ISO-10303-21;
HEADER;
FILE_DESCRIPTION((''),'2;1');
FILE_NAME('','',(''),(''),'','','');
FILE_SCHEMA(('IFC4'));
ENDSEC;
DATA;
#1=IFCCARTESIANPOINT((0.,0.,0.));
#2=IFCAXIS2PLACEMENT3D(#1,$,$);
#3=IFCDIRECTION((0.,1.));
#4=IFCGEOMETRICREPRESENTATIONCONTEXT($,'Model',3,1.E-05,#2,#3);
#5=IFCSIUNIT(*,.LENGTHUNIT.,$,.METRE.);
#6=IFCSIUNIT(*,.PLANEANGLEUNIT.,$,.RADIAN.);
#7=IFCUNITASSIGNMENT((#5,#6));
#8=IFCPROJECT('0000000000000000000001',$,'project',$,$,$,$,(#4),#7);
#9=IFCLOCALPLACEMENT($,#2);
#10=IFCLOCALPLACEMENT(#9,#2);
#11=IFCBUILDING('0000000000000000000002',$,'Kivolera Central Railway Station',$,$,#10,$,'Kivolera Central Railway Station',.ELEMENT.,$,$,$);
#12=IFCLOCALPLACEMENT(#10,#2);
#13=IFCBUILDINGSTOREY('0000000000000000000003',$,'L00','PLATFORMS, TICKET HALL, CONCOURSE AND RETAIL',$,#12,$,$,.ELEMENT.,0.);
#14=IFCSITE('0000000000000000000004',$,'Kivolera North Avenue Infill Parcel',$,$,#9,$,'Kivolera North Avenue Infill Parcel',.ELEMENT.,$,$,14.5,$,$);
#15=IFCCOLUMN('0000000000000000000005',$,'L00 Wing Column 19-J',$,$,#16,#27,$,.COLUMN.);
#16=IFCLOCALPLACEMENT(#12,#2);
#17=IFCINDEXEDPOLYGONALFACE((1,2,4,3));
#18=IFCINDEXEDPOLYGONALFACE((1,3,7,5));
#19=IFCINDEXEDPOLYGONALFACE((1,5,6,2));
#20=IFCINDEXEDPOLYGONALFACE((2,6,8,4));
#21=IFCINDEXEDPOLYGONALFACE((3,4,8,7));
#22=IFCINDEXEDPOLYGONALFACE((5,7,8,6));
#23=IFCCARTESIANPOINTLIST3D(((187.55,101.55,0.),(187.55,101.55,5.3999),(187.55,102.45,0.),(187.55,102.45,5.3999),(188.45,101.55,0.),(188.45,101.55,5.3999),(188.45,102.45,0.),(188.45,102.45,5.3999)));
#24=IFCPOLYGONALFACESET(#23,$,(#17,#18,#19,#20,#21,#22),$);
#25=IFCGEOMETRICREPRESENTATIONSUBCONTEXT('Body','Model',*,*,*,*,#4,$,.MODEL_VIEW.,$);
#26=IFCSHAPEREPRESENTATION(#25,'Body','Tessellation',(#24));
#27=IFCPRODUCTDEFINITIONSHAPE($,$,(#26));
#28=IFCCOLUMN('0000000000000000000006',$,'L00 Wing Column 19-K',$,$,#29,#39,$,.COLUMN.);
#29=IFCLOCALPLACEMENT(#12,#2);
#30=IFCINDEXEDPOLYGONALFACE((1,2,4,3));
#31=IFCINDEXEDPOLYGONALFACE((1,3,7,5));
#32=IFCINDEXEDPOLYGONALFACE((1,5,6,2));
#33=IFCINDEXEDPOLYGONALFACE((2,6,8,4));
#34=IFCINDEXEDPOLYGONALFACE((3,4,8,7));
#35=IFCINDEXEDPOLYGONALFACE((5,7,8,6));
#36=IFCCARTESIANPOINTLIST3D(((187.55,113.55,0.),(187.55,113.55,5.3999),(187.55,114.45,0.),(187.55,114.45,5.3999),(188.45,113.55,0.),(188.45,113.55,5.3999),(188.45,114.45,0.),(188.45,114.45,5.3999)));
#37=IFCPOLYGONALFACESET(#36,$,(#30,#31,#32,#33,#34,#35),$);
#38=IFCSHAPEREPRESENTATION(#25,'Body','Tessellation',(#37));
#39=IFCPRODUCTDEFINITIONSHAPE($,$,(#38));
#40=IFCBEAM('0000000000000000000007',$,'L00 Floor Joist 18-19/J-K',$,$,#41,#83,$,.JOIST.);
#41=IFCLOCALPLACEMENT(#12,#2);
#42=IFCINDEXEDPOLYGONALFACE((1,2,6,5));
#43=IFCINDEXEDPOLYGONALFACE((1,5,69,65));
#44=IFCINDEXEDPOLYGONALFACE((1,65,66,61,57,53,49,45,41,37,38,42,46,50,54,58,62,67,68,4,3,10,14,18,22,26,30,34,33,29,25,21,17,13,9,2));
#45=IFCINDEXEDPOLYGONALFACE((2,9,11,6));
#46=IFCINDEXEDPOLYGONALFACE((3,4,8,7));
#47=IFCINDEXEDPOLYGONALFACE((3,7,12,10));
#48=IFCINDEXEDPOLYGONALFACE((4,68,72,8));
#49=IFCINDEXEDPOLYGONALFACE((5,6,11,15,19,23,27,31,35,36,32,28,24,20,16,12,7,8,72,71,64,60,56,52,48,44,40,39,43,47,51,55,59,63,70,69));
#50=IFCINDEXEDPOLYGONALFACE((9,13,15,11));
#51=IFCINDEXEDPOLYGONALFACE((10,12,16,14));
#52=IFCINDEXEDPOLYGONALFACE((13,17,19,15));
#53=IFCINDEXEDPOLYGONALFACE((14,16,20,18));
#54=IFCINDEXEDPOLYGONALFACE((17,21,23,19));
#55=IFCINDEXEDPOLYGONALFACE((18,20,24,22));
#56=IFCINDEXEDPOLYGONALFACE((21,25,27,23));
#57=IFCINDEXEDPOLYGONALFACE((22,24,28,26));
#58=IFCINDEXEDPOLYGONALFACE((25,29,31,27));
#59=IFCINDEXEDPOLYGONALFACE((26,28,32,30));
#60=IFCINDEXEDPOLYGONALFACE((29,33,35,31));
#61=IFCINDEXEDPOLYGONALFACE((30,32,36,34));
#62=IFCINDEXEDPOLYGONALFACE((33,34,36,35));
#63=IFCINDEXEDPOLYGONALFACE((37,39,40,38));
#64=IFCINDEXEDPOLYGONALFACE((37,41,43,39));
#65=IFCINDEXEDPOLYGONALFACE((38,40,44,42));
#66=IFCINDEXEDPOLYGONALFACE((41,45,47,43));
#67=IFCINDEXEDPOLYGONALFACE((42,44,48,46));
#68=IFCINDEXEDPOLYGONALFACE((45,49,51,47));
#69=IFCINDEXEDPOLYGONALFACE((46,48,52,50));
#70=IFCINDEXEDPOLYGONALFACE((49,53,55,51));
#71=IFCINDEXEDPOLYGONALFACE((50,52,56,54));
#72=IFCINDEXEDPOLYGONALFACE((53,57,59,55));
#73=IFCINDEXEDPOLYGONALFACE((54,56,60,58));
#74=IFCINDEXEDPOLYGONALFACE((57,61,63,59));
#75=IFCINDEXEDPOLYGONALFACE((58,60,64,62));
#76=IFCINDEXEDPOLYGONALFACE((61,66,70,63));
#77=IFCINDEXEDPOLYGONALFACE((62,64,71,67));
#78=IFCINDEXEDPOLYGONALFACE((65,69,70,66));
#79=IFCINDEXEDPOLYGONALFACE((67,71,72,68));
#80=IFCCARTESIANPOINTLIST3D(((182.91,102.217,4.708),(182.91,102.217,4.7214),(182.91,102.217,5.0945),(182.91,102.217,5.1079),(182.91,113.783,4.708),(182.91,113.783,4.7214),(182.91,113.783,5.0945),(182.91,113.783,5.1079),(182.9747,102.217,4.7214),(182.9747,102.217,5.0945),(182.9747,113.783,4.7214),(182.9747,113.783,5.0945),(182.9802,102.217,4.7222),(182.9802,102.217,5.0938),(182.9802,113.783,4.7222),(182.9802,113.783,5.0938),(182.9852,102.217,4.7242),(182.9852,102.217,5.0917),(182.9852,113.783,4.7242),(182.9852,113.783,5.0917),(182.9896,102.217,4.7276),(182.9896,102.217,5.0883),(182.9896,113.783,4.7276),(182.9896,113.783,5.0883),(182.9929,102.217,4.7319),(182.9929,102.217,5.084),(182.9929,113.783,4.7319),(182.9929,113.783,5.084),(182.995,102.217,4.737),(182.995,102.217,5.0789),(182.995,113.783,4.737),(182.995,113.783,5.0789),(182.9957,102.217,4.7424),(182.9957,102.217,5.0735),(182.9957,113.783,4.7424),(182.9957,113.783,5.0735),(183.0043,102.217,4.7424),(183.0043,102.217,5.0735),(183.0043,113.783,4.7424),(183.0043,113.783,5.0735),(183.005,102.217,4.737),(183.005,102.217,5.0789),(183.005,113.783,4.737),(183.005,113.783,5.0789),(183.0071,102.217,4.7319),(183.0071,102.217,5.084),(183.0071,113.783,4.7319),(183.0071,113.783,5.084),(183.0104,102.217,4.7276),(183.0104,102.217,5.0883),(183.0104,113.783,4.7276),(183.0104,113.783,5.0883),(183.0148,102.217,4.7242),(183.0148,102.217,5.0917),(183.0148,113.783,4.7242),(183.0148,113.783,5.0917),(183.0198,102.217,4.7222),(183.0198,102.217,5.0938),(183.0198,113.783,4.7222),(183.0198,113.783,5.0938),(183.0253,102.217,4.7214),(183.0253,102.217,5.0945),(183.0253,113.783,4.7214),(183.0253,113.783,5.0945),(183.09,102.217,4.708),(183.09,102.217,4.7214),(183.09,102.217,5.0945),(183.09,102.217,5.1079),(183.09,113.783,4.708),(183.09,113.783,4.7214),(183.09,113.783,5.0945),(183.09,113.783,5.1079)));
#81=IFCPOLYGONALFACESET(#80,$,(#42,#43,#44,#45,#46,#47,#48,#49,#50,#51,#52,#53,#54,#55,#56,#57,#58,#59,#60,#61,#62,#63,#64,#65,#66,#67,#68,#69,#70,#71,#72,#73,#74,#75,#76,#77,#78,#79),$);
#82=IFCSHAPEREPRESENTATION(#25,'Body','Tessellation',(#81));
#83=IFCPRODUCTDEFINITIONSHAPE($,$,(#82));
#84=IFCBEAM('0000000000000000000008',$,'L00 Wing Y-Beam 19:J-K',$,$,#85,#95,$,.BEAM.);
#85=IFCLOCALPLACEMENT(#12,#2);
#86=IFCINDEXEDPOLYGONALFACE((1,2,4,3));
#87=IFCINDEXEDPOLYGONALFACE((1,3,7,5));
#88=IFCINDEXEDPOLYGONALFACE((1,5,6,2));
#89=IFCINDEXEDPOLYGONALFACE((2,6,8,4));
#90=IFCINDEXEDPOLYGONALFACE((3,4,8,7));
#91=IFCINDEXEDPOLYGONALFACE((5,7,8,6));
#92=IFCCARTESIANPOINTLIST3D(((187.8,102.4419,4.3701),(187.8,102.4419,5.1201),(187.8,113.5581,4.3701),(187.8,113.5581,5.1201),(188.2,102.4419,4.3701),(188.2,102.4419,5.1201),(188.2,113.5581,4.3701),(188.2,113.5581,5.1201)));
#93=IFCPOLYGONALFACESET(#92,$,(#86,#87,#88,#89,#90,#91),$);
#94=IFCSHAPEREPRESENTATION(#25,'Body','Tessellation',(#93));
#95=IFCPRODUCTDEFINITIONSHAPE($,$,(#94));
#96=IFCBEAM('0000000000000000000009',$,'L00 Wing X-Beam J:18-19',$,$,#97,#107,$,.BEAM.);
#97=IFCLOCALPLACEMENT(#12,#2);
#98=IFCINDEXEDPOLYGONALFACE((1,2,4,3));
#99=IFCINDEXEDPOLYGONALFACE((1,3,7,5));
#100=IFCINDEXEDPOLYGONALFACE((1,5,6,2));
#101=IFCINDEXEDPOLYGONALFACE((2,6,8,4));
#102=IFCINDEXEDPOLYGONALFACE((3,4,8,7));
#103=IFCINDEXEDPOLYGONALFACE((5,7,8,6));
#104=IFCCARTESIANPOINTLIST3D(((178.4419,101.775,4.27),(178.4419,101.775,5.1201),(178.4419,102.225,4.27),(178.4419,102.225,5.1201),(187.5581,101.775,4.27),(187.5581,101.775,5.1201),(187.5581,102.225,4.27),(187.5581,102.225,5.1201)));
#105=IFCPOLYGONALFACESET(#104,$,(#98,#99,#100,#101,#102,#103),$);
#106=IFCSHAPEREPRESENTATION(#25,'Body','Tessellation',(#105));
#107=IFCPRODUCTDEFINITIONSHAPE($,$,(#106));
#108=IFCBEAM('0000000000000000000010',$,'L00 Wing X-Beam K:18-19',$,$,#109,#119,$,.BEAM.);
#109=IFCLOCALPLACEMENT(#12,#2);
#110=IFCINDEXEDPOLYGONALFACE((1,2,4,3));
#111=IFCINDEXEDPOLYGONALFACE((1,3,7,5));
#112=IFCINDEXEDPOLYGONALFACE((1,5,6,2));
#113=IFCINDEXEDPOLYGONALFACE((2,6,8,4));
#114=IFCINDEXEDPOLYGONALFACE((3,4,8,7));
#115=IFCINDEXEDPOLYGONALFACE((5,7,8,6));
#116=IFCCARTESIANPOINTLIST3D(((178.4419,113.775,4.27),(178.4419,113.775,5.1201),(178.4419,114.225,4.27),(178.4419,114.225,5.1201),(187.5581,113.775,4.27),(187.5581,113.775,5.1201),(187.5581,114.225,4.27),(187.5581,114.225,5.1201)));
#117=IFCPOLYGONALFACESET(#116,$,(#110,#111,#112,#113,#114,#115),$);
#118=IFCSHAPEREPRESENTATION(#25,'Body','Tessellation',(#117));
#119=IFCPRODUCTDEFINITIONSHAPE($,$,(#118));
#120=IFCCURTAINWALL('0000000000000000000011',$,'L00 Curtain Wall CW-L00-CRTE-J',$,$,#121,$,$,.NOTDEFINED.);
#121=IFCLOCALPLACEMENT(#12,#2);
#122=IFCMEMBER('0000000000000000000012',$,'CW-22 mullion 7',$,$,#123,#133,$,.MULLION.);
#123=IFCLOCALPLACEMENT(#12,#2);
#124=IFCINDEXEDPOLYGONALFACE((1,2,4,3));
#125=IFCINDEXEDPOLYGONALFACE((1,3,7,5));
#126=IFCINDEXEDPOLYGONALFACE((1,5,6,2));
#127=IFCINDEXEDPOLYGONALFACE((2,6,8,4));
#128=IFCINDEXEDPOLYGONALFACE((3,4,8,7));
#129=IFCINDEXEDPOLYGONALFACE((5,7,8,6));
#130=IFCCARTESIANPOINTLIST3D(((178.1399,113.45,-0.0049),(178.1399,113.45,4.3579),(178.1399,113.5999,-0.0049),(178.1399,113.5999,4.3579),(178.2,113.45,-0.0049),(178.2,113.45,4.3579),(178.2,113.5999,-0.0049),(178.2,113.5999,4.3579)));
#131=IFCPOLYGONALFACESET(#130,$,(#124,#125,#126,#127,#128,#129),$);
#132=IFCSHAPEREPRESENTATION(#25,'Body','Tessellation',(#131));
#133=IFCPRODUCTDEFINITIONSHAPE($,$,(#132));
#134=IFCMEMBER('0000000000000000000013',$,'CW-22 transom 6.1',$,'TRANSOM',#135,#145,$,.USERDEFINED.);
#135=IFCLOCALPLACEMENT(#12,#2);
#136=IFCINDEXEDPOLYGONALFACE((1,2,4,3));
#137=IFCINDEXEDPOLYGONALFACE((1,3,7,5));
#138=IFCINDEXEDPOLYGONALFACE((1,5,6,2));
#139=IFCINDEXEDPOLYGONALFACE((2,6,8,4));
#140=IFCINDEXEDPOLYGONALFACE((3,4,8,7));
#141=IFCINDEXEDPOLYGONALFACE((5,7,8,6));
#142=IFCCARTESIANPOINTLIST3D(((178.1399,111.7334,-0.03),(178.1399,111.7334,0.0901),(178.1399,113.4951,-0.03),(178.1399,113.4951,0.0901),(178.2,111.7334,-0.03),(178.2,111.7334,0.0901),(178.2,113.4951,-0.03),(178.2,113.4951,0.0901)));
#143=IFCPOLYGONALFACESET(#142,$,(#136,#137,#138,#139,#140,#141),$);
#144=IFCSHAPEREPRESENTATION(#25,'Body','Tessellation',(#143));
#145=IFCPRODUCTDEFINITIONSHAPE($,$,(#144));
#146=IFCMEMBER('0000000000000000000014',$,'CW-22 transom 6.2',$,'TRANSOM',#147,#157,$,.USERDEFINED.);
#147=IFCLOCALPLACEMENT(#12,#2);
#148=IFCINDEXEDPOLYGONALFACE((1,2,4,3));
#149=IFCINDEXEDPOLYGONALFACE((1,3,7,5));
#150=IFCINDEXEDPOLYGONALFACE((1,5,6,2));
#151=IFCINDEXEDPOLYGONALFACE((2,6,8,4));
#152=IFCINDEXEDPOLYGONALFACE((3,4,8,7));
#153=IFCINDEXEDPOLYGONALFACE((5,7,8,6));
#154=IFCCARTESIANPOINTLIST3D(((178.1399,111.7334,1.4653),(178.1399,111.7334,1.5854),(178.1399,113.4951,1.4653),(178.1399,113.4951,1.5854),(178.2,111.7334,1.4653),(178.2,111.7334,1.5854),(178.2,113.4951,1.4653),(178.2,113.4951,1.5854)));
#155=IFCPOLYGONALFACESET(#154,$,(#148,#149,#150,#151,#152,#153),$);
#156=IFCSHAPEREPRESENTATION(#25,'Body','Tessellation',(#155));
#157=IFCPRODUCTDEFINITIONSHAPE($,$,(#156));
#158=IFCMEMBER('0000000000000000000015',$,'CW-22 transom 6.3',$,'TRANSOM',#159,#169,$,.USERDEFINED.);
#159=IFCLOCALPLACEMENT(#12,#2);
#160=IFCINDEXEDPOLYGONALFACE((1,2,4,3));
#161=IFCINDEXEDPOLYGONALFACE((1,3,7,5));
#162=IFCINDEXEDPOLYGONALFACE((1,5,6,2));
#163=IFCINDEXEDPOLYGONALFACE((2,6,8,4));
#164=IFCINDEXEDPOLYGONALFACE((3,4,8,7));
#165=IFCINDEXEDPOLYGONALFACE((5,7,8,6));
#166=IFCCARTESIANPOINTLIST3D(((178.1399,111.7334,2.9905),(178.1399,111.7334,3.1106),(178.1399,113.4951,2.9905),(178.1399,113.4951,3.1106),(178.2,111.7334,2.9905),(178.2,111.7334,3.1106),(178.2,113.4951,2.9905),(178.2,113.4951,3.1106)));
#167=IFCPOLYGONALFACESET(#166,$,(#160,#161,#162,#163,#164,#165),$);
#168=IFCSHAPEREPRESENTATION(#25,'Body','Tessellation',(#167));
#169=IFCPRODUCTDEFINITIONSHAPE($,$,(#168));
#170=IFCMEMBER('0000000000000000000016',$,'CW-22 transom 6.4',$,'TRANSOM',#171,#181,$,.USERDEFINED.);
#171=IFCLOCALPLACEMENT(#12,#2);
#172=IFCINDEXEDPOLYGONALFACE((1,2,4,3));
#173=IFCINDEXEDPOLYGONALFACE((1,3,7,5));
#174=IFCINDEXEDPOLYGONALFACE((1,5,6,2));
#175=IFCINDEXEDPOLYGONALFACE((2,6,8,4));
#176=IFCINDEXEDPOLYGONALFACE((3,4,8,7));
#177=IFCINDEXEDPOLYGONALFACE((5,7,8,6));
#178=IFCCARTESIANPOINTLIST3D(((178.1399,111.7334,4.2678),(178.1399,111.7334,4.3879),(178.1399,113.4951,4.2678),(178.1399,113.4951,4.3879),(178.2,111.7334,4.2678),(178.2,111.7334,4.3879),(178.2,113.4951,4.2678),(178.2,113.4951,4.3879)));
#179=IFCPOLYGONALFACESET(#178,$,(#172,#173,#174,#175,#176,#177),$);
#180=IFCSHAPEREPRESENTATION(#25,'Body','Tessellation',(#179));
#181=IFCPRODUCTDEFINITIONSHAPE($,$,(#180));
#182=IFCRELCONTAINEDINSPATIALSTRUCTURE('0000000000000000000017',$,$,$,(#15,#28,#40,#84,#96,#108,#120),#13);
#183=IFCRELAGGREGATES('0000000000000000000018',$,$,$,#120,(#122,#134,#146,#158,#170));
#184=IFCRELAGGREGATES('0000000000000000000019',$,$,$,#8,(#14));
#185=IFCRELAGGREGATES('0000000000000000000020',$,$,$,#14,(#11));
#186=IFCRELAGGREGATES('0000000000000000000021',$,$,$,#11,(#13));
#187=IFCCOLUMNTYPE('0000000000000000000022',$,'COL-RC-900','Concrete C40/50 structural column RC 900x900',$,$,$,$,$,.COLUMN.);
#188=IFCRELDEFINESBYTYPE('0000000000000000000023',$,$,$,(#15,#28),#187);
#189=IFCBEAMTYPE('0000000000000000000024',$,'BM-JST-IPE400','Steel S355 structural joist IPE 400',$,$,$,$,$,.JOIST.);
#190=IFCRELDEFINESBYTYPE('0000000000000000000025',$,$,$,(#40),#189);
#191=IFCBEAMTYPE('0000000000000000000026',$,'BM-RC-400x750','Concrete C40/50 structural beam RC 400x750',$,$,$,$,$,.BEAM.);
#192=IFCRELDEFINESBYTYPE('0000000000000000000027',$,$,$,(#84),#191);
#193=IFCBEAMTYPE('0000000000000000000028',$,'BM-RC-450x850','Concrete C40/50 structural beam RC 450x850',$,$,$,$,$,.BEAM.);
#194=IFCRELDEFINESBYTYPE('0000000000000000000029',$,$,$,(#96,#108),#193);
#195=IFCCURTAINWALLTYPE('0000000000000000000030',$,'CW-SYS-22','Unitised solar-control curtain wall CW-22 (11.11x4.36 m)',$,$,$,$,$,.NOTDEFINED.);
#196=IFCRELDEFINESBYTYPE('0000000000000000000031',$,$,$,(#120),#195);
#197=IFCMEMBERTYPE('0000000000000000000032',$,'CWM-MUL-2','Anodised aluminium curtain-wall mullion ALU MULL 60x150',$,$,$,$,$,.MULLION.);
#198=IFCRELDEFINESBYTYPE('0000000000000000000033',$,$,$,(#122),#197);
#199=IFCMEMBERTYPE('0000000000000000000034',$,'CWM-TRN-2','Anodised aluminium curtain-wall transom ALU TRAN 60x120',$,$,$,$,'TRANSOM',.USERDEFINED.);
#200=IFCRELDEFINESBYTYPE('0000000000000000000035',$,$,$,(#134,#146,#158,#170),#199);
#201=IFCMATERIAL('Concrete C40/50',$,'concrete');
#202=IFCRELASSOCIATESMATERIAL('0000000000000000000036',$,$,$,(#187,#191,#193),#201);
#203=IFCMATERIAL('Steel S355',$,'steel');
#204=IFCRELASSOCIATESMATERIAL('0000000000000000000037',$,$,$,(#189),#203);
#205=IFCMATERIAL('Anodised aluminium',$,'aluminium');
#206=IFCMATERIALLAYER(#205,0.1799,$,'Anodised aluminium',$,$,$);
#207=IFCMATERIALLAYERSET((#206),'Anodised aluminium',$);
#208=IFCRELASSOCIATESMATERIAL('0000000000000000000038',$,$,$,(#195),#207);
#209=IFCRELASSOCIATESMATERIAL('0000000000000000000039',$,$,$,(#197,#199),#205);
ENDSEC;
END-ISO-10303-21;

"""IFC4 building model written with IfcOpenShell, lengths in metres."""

from ifc_helpers import new_model, si_unit, direction, frame, origin, origin_2d, place, context, subcontext, project, spatial, rectangle, i_section, extrude, material, layer, layer_set, material_profile, profile_set, type_object, element, aggregate, save


model = new_model("IFC4")

# Units and contexts
model_context = context("Model", 3, precision=1e-05, world=origin(), true_north=direction((0.0, 1.0)))
body_context = subcontext(model_context, "Body", "Model", "MODEL_VIEW")
ifc_project = project(units=[si_unit("LENGTHUNIT", "METRE"), si_unit("PLANEANGLEUNIT", "RADIAN")], contexts=[model_context])

# Site, building, storey
site_placement = place(None, origin())
site = spatial("IfcSite", under=ifc_project, at=site_placement, Name="Kivolera North Avenue Infill Parcel", LongName="Kivolera North Avenue Infill Parcel", CompositionType="ELEMENT", RefElevation=14.5)
building_placement = place(site_placement, origin())
building = spatial("IfcBuilding", under=site, at=building_placement, Name="Kivolera Central Railway Station", LongName="Kivolera Central Railway Station", CompositionType="ELEMENT")
storey_placement = place(building_placement, origin())
storey = spatial("IfcBuildingStorey", under=building, at=storey_placement, Name="L00", Description="PLATFORMS, TICKET HALL, CONCOURSE AND RETAIL", CompositionType="ELEMENT", Elevation=0.0)

# Columns
ifc_material_1 = material(Name="Concrete C40/50", Category="concrete")
ifc_material_profile_1 = material_profile(ifc_material_1, rectangle(XDim=0.8999, YDim=0.8999, at=origin_2d()), Name="RC 900x900")
ifc_profile_set_1 = profile_set([ifc_material_profile_1], Name="Concrete C40/50")
column_type = type_object("IfcColumnType", Name="COL-RC-900", Description="Concrete C40/50 structural column RC 900x900", PredefinedType="COLUMN", material=ifc_profile_set_1)
for number, where, z_axis, x_axis, name in (
    (1, (188.0, 102.0, 0.0), (0.0, 0.0, 1.0), (1.0, 0.0, 0.0), "L00 Wing Column 19-J"),
    (2, (188.0, 114.0, 0.0), (0.0, 0.0, 1.0), (1.0, 0.0, 0.0), "L00 Wing Column 19-K"),
):
    element("IfcColumn", number, at=place(storey_placement, frame(where, z_axis=z_axis, x_axis=x_axis)), inside=storey, type_object=column_type, Name=name, PredefinedType="COLUMN", context=body_context, shape_type="SweptSolid", body=[
        extrude(rectangle(XDim=0.8999, YDim=0.8999, at=origin_2d()), origin(), (0.0, 0.0, 1.0), 5.3999),
    ])

# Beams
ifc_material_2 = material(Name="Steel S355", Category="steel")
ifc_material_profile_2 = material_profile(ifc_material_2, i_section(OverallWidth=0.1799, OverallDepth=0.3999, WebThickness=0.0085, FlangeThickness=0.0134, FilletRadius=0.021, at=origin_2d()), Name="IPE 400")
ifc_profile_set_2 = profile_set([ifc_material_profile_2], Name="Steel S355")
beam_type_1 = type_object("IfcBeamType", Name="BM-JST-IPE400", Description="Steel S355 structural joist IPE 400", PredefinedType="JOIST", material=ifc_profile_set_2)
beam_1_placement = place(storey_placement, frame((183.0, 102.217, 4.908), z_axis=(0.0, 1.0, 0.0), x_axis=(-1.0, 0.0, 0.0)))
element("IfcBeam", 3, at=beam_1_placement, inside=storey, type_object=beam_type_1, Name="L00 Floor Joist 18-19/J-K", PredefinedType="JOIST", context=body_context, shape_type="SweptSolid", body=[
    extrude(i_section(OverallWidth=0.1799, OverallDepth=0.3999, WebThickness=0.0085, FlangeThickness=0.0134, FilletRadius=0.021, at=origin_2d()), origin(), (0.0, 0.0, 1.0), 11.5659),
])
ifc_material_profile_3 = material_profile(ifc_material_1, rectangle(XDim=0.3999, YDim=0.75, at=origin_2d()), Name="RC 400x750")
ifc_profile_set_3 = profile_set([ifc_material_profile_3], Name="Concrete C40/50")
beam_type_2 = type_object("IfcBeamType", Name="BM-RC-400x750", Description="Concrete C40/50 structural beam RC 400x750", PredefinedType="BEAM", material=ifc_profile_set_3)
beam_2_placement = place(storey_placement, frame((188.0, 102.4419, 4.7451), z_axis=(0.0, 1.0, 0.0), x_axis=(-1.0, 0.0, 0.0)))
element("IfcBeam", 4, at=beam_2_placement, inside=storey, type_object=beam_type_2, Name="L00 Wing Y-Beam 19:J-K", PredefinedType="BEAM", context=body_context, shape_type="SweptSolid", body=[
    extrude(rectangle(XDim=0.3999, YDim=0.75, at=origin_2d()), origin(), (0.0, 0.0, 1.0), 11.1162),
])
ifc_material_profile_4 = material_profile(ifc_material_1, rectangle(XDim=0.45, YDim=0.8501, at=origin_2d()), Name="RC 450x850")
ifc_profile_set_4 = profile_set([ifc_material_profile_4], Name="Concrete C40/50")
beam_type_3 = type_object("IfcBeamType", Name="BM-RC-450x850", Description="Concrete C40/50 structural beam RC 450x850", PredefinedType="BEAM", material=ifc_profile_set_4)
for number, where, z_axis, x_axis, name in (
    (5, (178.4419, 102.0, 4.6951), (1.0, 0.0, 0.0), (0.0, 1.0, 0.0), "L00 Wing X-Beam J:18-19"),
    (6, (178.4419, 114.0, 4.6951), (1.0, 0.0, 0.0), (0.0, 1.0, 0.0), "L00 Wing X-Beam K:18-19"),
):
    element("IfcBeam", number, at=place(storey_placement, frame(where, z_axis=z_axis, x_axis=x_axis)), inside=storey, type_object=beam_type_3, Name=name, PredefinedType="BEAM", context=body_context, shape_type="SweptSolid", body=[
        extrude(rectangle(XDim=0.45, YDim=0.8501, at=origin_2d()), origin(), (0.0, 0.0, 1.0), 9.1162),
    ])

# Curtain wall, members
ifc_material_3 = material(Name="Anodised aluminium", Category="aluminium")
ifc_layer_1 = layer(ifc_material_3, 0.1799, Name="Anodised aluminium")
ifc_layer_set_1 = layer_set([ifc_layer_1], Name="Anodised aluminium")
curtain_wall_type = type_object("IfcCurtainWallType", Name="CW-SYS-22", Description="Unitised solar-control curtain wall CW-22 (11.11x4.36 m)", PredefinedType="NOTDEFINED", material=ifc_layer_set_1)
curtain_wall_placement = place(storey_placement, origin())
curtain_wall = element("IfcCurtainWall", 7, at=curtain_wall_placement, inside=storey, type_object=curtain_wall_type, Name="L00 Curtain Wall CW-L00-CRTE-J", PredefinedType="NOTDEFINED")
ifc_material_profile_5 = material_profile(ifc_material_3, rectangle(XDim=0.0601, YDim=0.1499, at=origin_2d()), Name="ALU MULL 60x150")
ifc_profile_set_5 = profile_set([ifc_material_profile_5], Name="Anodised aluminium")
member_type_1 = type_object("IfcMemberType", Name="CWM-MUL-2", Description="Anodised aluminium curtain-wall mullion ALU MULL 60x150", PredefinedType="MULLION", material=ifc_profile_set_5)
member_1_placement = place(storey_placement, frame((178.1699, 113.5249, -0.0049), z_axis=(0.0, 0.0, 1.0), x_axis=(-1.0, 0.0, 0.0)))
member_1 = element("IfcMember", 8, at=member_1_placement, type_object=member_type_1, Name="CW-22 mullion 7", PredefinedType="MULLION", context=body_context, shape_type="SweptSolid", body=[
    extrude(rectangle(XDim=0.0601, YDim=0.1499, at=origin_2d()), origin(), (0.0, 0.0, 1.0), 4.3628),
])
ifc_material_profile_6 = material_profile(ifc_material_3, rectangle(XDim=0.0601, YDim=0.1201, at=origin_2d()), Name="ALU TRAN 60x120")
ifc_profile_set_6 = profile_set([ifc_material_profile_6], Name="Anodised aluminium")
member_type_2 = type_object("IfcMemberType", Name="CWM-TRN-2", Description="Anodised aluminium curtain-wall transom ALU TRAN 60x120", ElementType="TRANSOM", PredefinedType="USERDEFINED", material=ifc_profile_set_6)
member_2_placement = place(storey_placement, frame((178.1699, 111.7334, 0.03), z_axis=(0.0, 1.0, 0.0), x_axis=(-1.0, 0.0, 0.0)))
member_2 = element("IfcMember", 9, at=member_2_placement, type_object=member_type_2, Name="CW-22 transom 6.1", ObjectType="TRANSOM", PredefinedType="USERDEFINED", context=body_context, shape_type="SweptSolid", body=[
    extrude(rectangle(XDim=0.0601, YDim=0.1201, at=origin_2d()), origin(), (0.0, 0.0, 1.0), 1.7617),
])
member_3_placement = place(storey_placement, frame((178.1699, 111.7334, 1.5254), z_axis=(0.0, 1.0, 0.0), x_axis=(-1.0, 0.0, 0.0)))
member_3 = element("IfcMember", 10, at=member_3_placement, type_object=member_type_2, Name="CW-22 transom 6.2", ObjectType="TRANSOM", PredefinedType="USERDEFINED", context=body_context, shape_type="SweptSolid", body=[
    extrude(rectangle(XDim=0.0601, YDim=0.1201, at=origin_2d()), origin(), (0.0, 0.0, 1.0), 1.7617),
])
member_4_placement = place(storey_placement, frame((178.1699, 111.7334, 3.0505), z_axis=(0.0, 1.0, 0.0), x_axis=(-1.0, 0.0, 0.0)))
member_4 = element("IfcMember", 11, at=member_4_placement, type_object=member_type_2, Name="CW-22 transom 6.3", ObjectType="TRANSOM", PredefinedType="USERDEFINED", context=body_context, shape_type="SweptSolid", body=[
    extrude(rectangle(XDim=0.0601, YDim=0.1201, at=origin_2d()), origin(), (0.0, 0.0, 1.0), 1.7617),
])
member_5_placement = place(storey_placement, frame((178.1699, 111.7334, 4.3279), z_axis=(0.0, 1.0, 0.0), x_axis=(-1.0, 0.0, 0.0)))
member_5 = element("IfcMember", 12, at=member_5_placement, type_object=member_type_2, Name="CW-22 transom 6.4", ObjectType="TRANSOM", PredefinedType="USERDEFINED", context=body_context, shape_type="SweptSolid", body=[
    extrude(rectangle(XDim=0.0601, YDim=0.1201, at=origin_2d()), origin(), (0.0, 0.0, 1.0), 1.7617),
])
aggregate(curtain_wall, [member_1, member_2, member_3, member_4, member_5])

save(model, "model.ifc")
